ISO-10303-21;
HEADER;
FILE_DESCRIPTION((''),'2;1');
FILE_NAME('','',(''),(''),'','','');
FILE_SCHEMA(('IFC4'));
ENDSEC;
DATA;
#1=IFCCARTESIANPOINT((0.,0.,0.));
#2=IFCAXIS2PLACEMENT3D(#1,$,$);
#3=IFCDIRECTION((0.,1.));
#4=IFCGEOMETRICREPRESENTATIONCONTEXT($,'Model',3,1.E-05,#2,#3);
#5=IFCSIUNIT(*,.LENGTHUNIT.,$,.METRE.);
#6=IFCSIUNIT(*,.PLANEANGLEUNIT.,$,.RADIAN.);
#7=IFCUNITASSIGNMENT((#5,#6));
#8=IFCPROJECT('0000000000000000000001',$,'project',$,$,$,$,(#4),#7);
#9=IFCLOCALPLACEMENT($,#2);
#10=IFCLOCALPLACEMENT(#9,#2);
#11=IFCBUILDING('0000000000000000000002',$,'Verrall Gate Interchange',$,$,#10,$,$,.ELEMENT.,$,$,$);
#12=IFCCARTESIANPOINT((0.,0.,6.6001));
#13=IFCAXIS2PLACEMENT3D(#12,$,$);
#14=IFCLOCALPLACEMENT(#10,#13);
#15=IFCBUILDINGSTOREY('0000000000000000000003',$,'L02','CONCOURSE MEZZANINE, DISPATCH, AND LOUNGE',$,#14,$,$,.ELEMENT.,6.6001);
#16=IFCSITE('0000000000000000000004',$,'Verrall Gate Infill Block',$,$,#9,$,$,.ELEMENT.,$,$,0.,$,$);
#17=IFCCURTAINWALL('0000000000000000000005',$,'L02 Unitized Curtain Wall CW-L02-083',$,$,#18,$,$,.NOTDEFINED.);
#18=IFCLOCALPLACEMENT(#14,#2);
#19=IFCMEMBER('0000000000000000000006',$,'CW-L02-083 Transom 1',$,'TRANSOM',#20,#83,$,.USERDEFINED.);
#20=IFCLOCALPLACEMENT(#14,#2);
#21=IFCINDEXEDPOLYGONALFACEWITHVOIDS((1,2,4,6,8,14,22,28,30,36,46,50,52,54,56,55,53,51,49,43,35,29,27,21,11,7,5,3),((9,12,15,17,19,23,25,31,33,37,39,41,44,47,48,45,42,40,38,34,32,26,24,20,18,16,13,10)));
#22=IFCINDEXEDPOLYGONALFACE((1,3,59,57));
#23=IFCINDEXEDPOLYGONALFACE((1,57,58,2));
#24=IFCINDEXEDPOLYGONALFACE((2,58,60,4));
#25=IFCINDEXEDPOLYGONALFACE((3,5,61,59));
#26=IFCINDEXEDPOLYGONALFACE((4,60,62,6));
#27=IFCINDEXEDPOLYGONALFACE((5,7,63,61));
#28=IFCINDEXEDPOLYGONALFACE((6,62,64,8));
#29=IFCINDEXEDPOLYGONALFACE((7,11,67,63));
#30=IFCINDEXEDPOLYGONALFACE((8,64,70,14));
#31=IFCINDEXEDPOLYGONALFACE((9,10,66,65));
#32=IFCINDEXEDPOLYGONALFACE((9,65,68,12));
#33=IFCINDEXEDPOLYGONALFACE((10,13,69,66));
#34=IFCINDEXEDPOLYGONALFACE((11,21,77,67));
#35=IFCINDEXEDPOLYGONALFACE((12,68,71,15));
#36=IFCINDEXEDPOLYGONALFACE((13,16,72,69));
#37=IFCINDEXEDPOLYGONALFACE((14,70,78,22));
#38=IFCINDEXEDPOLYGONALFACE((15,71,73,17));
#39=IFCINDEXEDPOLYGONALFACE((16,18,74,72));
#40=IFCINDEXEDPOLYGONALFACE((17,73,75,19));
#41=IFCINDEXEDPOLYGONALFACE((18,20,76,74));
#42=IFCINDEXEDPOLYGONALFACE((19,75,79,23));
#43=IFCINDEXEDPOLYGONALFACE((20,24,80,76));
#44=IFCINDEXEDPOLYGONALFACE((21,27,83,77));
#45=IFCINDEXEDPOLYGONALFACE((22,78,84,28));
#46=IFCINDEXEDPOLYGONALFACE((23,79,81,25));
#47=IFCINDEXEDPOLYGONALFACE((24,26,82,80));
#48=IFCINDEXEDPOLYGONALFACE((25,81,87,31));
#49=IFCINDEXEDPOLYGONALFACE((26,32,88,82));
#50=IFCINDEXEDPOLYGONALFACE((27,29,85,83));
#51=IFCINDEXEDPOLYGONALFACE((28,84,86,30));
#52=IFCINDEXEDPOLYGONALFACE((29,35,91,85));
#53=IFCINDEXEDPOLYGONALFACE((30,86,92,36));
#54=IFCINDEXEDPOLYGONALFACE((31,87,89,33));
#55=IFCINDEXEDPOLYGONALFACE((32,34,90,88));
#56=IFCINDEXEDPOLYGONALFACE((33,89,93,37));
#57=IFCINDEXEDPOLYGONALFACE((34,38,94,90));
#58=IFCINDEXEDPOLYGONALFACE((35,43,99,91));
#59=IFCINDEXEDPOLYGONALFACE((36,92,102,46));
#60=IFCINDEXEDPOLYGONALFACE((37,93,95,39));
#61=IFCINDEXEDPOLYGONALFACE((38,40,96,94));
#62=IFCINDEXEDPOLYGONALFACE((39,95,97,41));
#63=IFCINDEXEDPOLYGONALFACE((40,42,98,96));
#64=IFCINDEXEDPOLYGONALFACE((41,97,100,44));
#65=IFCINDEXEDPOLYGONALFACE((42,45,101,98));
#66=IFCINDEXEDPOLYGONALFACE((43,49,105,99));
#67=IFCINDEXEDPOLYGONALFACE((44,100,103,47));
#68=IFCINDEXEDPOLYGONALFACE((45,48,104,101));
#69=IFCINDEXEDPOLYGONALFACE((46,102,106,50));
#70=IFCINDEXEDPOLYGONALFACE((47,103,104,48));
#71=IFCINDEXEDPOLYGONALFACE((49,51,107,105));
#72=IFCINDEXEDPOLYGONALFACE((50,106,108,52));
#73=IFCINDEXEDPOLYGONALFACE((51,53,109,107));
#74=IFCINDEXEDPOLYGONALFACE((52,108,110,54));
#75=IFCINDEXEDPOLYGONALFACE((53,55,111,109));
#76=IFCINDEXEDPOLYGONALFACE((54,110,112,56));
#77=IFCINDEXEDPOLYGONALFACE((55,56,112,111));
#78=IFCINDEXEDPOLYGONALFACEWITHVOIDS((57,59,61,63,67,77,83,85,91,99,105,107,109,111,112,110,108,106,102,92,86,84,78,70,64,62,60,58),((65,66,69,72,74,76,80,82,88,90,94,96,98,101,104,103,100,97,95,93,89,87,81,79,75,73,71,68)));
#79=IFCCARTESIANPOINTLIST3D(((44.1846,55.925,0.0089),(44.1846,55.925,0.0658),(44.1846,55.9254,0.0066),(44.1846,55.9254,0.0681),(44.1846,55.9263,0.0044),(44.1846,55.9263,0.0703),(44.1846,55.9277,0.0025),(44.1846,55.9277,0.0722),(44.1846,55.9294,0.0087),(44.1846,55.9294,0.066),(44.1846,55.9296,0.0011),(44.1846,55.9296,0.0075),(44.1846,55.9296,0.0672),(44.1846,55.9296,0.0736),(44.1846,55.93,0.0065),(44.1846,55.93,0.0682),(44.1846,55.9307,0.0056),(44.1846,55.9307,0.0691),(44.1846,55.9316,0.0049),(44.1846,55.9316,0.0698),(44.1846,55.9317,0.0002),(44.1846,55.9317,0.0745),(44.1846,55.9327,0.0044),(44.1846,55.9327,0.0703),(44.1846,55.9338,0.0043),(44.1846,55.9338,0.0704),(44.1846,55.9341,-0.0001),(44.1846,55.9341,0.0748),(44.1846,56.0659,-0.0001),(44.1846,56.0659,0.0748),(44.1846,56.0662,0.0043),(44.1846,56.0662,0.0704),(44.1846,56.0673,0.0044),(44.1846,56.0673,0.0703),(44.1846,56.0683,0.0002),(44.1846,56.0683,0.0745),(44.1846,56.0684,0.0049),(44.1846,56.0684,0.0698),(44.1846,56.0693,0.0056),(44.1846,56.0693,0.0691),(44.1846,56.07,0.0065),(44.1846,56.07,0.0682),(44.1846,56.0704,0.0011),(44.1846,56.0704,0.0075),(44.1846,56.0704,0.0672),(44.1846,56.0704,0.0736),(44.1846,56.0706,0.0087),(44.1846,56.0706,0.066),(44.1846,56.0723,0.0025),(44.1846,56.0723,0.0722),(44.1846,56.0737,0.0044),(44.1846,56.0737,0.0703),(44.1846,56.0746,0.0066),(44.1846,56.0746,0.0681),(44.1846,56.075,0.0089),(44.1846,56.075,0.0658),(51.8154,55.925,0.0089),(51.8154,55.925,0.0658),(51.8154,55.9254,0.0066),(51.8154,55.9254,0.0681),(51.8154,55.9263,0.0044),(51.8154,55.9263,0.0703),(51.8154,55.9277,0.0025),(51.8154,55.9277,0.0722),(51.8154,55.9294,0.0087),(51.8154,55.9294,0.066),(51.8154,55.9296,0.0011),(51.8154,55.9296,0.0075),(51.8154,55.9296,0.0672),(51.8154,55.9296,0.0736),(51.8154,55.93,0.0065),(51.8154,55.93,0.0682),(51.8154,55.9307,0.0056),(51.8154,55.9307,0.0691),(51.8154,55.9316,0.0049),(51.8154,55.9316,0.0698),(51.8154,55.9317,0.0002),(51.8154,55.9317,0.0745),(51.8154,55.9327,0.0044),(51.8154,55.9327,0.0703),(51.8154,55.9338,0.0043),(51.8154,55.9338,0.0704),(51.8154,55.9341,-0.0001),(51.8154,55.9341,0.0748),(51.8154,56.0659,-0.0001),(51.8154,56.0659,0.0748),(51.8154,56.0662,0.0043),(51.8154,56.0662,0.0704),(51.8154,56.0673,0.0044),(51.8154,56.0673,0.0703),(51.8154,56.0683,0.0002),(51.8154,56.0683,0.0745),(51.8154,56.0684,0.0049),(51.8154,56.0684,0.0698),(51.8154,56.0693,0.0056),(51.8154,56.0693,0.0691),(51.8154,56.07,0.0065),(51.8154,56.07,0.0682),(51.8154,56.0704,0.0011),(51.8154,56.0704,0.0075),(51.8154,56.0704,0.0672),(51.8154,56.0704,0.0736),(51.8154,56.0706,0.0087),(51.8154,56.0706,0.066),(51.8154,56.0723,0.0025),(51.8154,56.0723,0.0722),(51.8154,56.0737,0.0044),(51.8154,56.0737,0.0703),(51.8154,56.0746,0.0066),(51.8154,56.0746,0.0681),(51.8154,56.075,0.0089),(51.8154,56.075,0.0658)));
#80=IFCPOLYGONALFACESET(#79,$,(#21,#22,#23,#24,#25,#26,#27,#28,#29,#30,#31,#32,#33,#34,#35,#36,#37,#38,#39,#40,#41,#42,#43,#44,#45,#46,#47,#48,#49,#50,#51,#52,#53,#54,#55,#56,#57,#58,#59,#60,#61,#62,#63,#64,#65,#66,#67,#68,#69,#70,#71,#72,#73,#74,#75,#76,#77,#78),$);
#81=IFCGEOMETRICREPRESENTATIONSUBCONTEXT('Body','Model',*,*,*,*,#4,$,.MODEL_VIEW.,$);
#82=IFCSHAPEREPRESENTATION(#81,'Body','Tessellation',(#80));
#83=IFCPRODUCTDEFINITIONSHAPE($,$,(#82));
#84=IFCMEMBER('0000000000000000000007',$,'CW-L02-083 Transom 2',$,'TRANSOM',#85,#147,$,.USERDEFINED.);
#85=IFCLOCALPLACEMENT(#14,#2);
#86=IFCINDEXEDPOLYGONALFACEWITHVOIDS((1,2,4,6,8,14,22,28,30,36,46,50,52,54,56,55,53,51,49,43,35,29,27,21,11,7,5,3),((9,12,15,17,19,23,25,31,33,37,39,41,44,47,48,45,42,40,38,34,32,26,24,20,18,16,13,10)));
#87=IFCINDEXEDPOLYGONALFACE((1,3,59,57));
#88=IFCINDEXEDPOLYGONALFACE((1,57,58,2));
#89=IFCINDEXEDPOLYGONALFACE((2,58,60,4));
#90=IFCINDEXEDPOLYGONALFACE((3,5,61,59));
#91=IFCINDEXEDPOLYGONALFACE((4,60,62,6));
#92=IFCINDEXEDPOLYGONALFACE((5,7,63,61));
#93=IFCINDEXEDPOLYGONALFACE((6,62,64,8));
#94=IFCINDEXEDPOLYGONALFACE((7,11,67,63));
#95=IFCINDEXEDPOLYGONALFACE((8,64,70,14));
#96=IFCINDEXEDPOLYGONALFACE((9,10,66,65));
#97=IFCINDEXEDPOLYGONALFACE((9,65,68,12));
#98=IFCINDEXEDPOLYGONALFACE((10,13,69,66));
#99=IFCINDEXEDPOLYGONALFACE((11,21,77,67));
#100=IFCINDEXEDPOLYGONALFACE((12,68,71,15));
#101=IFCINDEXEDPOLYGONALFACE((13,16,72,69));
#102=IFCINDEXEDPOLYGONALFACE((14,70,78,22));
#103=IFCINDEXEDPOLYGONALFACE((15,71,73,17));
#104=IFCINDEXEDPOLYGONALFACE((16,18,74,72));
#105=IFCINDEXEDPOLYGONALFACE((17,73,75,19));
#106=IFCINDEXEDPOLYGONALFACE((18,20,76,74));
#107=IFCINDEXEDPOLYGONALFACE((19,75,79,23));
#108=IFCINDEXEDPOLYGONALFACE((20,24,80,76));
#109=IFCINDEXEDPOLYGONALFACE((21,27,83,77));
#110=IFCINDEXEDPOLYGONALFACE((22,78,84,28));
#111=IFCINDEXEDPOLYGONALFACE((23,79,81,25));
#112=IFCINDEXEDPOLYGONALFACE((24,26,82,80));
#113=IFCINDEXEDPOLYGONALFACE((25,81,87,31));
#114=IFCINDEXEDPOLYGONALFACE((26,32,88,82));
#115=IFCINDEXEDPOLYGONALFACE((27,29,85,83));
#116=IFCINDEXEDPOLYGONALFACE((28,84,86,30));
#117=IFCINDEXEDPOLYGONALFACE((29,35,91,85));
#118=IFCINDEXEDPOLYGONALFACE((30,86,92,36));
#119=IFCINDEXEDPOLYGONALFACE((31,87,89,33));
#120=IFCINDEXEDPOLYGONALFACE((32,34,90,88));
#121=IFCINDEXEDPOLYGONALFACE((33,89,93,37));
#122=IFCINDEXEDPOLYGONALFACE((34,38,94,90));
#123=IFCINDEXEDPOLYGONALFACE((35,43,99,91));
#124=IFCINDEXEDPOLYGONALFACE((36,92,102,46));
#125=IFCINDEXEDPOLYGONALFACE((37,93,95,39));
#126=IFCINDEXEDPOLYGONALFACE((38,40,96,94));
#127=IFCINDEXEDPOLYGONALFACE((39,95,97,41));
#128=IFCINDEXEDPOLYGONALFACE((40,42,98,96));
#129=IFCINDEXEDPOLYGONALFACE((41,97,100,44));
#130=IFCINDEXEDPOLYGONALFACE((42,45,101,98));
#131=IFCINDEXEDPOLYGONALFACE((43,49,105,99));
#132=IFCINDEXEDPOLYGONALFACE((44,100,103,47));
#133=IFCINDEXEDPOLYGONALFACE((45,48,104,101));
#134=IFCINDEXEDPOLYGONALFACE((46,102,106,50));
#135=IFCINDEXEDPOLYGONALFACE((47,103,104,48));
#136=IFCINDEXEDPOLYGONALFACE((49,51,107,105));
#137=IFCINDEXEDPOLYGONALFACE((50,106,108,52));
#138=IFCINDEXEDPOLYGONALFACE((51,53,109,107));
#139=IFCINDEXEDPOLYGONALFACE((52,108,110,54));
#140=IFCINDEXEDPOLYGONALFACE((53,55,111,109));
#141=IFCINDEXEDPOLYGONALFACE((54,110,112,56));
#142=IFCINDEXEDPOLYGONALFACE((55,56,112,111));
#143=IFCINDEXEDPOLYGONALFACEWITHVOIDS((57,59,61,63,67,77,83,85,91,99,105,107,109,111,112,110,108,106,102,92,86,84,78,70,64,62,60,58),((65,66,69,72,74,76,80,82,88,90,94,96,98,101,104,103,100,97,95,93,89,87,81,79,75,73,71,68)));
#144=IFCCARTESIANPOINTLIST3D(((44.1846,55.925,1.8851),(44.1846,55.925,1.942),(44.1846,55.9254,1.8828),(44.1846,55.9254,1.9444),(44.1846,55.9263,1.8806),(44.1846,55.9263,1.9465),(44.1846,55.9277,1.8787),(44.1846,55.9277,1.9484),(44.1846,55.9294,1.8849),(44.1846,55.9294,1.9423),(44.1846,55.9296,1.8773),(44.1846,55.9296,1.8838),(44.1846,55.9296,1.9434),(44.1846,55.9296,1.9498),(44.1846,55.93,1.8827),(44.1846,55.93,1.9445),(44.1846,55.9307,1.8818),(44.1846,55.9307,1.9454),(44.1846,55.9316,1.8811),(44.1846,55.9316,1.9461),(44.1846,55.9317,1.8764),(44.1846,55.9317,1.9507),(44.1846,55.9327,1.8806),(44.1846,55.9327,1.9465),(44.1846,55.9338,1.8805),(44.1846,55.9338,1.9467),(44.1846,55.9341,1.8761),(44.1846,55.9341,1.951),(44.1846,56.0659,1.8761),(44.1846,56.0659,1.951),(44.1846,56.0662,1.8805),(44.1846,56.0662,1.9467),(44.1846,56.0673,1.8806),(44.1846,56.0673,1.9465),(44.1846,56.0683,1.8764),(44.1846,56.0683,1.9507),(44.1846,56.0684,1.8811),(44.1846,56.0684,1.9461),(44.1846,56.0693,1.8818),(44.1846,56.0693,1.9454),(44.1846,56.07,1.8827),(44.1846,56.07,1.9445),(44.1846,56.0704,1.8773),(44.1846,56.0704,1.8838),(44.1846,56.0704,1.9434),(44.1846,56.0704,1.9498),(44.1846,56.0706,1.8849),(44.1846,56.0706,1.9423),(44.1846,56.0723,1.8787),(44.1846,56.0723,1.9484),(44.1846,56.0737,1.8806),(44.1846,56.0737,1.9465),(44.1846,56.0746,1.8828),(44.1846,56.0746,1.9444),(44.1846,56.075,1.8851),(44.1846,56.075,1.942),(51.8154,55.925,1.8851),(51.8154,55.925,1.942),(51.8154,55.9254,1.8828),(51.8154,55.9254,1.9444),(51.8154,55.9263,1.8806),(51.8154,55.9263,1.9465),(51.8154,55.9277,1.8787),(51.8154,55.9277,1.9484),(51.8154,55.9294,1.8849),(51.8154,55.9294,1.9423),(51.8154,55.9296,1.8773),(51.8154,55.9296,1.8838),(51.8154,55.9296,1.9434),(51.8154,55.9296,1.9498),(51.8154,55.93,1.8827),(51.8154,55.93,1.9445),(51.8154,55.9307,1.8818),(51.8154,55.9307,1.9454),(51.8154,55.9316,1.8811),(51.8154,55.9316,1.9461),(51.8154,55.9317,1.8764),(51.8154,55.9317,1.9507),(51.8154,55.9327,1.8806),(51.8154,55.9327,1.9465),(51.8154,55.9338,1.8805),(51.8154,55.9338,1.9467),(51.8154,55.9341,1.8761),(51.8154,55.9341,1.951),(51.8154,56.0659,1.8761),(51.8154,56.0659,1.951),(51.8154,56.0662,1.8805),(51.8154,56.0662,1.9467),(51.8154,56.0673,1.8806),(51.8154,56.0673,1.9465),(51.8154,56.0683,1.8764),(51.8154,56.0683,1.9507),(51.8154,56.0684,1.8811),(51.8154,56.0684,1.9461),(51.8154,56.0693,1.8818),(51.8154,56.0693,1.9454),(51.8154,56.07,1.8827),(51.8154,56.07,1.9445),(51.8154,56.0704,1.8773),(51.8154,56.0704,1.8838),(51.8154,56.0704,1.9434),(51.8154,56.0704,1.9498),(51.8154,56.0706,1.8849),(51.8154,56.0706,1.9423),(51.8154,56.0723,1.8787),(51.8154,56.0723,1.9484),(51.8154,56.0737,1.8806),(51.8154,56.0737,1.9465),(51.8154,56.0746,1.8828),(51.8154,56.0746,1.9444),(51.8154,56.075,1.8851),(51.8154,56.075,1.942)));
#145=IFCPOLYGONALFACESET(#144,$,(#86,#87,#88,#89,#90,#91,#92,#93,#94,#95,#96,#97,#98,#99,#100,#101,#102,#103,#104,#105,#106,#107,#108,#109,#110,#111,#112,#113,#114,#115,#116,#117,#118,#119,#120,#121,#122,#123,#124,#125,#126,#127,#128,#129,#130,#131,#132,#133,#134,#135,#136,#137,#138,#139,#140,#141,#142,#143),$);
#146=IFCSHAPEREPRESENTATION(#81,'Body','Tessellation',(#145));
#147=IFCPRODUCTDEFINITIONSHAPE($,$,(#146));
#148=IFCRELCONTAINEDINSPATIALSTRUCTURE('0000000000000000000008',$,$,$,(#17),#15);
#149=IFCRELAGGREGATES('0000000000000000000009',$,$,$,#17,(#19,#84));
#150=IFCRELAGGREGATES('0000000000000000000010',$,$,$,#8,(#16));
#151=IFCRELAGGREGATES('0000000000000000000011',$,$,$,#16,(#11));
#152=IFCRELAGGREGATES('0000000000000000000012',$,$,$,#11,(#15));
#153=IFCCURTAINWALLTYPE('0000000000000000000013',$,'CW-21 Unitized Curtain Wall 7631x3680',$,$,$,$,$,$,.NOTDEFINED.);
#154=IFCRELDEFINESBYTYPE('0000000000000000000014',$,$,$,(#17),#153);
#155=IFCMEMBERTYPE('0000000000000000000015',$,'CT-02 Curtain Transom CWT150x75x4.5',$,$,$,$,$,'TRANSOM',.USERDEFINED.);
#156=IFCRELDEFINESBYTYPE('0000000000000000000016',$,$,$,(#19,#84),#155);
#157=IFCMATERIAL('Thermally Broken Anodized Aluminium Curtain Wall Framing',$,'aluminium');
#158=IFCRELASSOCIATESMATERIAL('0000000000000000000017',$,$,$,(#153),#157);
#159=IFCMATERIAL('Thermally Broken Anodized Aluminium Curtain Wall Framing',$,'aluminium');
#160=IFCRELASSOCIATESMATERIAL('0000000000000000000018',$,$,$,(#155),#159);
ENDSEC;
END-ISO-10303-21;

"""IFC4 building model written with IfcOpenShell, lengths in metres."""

from ifc_helpers import new_model, si_unit, direction, frame, origin, origin_2d, place, context, subcontext, project, spatial, hollow_rectangle, extrude, material, material_profile, profile_set, type_object, element, aggregate, save


model = new_model("IFC4")

# Units and contexts
model_context = context("Model", 3, precision=1e-05, world=origin(), true_north=direction((0.0, 1.0)))
body_context = subcontext(model_context, "Body", "Model", "MODEL_VIEW")
ifc_project = project(units=[si_unit("LENGTHUNIT", "METRE"), si_unit("PLANEANGLEUNIT", "RADIAN")], contexts=[model_context])

# Site, building, storey
site_placement = place(None, origin())
site = spatial("IfcSite", under=ifc_project, at=site_placement, Name="Verrall Gate Infill Block", CompositionType="ELEMENT", RefElevation=0.0)
building_placement = place(site_placement, origin())
building = spatial("IfcBuilding", under=site, at=building_placement, Name="Verrall Gate Interchange", CompositionType="ELEMENT")
storey_placement = place(building_placement, frame((0.0, 0.0, 6.6001)))
storey = spatial("IfcBuildingStorey", under=building, at=storey_placement, Name="L02", Description="CONCOURSE MEZZANINE, DISPATCH, AND LOUNGE", CompositionType="ELEMENT", Elevation=6.6001)

# Curtain wall, members
ifc_material_1 = material(Name="Thermally Broken Anodized Aluminium Curtain Wall Framing", Category="aluminium")
curtain_wall_type = type_object("IfcCurtainWallType", Name="CW-21 Unitized Curtain Wall 7631x3680", PredefinedType="NOTDEFINED", material=ifc_material_1)
curtain_wall_1_placement = place(storey_placement, origin())
curtain_wall_1 = element("IfcCurtainWall", 1, at=curtain_wall_1_placement, inside=storey, type_object=curtain_wall_type, Name="L02 Unitized Curtain Wall CW-L02-083", PredefinedType="NOTDEFINED")
ifc_material_2 = material(Name="Thermally Broken Anodized Aluminium Curtain Wall Framing", Category="aluminium")
ifc_material_profile_1 = material_profile(ifc_material_2, hollow_rectangle(XDim=0.1499, YDim=0.075, WallThickness=0.0044, InnerFilletRadius=0.0044, OuterFilletRadius=0.009, at=origin_2d()), Name="CWT150x75x4.5")
ifc_profile_set_1 = profile_set([ifc_material_profile_1], Name="Thermally Broken Anodized Aluminium Curtain Wall Framing")
member_type_1 = type_object("IfcMemberType", Name="CT-02 Curtain Transom CWT150x75x4.5", ElementType="TRANSOM", PredefinedType="USERDEFINED", material=ifc_profile_set_1)
member_1_placement = place(storey_placement, frame((51.8154, 56.0, 0.0374), z_axis=(-1.0, 0.0, 0.0), x_axis=(0.0, -1.0, 0.0)))
member_1 = element("IfcMember", 2, at=member_1_placement, type_object=member_type_1, Name="CW-L02-083 Transom 1", ObjectType="TRANSOM", PredefinedType="USERDEFINED", context=body_context, shape_type="SweptSolid", body=[
    extrude(hollow_rectangle(XDim=0.1499, YDim=0.075, WallThickness=0.0044, InnerFilletRadius=0.0044, OuterFilletRadius=0.009, at=origin_2d()), origin(), (0.0, 0.0, 1.0), 7.6309),
])
member_2_placement = place(storey_placement, frame((51.8154, 56.0, 1.9136), z_axis=(-1.0, 0.0, 0.0), x_axis=(0.0, -1.0, 0.0)))
member_2 = element("IfcMember", 3, at=member_2_placement, type_object=member_type_1, Name="CW-L02-083 Transom 2", ObjectType="TRANSOM", PredefinedType="USERDEFINED", context=body_context, shape_type="SweptSolid", body=[
    extrude(hollow_rectangle(XDim=0.1499, YDim=0.075, WallThickness=0.0044, InnerFilletRadius=0.0044, OuterFilletRadius=0.009, at=origin_2d()), origin(), (0.0, 0.0, 1.0), 7.6309),
])

aggregate(curtain_wall_1, [member_1, member_2])

save(model, "model.ifc")
